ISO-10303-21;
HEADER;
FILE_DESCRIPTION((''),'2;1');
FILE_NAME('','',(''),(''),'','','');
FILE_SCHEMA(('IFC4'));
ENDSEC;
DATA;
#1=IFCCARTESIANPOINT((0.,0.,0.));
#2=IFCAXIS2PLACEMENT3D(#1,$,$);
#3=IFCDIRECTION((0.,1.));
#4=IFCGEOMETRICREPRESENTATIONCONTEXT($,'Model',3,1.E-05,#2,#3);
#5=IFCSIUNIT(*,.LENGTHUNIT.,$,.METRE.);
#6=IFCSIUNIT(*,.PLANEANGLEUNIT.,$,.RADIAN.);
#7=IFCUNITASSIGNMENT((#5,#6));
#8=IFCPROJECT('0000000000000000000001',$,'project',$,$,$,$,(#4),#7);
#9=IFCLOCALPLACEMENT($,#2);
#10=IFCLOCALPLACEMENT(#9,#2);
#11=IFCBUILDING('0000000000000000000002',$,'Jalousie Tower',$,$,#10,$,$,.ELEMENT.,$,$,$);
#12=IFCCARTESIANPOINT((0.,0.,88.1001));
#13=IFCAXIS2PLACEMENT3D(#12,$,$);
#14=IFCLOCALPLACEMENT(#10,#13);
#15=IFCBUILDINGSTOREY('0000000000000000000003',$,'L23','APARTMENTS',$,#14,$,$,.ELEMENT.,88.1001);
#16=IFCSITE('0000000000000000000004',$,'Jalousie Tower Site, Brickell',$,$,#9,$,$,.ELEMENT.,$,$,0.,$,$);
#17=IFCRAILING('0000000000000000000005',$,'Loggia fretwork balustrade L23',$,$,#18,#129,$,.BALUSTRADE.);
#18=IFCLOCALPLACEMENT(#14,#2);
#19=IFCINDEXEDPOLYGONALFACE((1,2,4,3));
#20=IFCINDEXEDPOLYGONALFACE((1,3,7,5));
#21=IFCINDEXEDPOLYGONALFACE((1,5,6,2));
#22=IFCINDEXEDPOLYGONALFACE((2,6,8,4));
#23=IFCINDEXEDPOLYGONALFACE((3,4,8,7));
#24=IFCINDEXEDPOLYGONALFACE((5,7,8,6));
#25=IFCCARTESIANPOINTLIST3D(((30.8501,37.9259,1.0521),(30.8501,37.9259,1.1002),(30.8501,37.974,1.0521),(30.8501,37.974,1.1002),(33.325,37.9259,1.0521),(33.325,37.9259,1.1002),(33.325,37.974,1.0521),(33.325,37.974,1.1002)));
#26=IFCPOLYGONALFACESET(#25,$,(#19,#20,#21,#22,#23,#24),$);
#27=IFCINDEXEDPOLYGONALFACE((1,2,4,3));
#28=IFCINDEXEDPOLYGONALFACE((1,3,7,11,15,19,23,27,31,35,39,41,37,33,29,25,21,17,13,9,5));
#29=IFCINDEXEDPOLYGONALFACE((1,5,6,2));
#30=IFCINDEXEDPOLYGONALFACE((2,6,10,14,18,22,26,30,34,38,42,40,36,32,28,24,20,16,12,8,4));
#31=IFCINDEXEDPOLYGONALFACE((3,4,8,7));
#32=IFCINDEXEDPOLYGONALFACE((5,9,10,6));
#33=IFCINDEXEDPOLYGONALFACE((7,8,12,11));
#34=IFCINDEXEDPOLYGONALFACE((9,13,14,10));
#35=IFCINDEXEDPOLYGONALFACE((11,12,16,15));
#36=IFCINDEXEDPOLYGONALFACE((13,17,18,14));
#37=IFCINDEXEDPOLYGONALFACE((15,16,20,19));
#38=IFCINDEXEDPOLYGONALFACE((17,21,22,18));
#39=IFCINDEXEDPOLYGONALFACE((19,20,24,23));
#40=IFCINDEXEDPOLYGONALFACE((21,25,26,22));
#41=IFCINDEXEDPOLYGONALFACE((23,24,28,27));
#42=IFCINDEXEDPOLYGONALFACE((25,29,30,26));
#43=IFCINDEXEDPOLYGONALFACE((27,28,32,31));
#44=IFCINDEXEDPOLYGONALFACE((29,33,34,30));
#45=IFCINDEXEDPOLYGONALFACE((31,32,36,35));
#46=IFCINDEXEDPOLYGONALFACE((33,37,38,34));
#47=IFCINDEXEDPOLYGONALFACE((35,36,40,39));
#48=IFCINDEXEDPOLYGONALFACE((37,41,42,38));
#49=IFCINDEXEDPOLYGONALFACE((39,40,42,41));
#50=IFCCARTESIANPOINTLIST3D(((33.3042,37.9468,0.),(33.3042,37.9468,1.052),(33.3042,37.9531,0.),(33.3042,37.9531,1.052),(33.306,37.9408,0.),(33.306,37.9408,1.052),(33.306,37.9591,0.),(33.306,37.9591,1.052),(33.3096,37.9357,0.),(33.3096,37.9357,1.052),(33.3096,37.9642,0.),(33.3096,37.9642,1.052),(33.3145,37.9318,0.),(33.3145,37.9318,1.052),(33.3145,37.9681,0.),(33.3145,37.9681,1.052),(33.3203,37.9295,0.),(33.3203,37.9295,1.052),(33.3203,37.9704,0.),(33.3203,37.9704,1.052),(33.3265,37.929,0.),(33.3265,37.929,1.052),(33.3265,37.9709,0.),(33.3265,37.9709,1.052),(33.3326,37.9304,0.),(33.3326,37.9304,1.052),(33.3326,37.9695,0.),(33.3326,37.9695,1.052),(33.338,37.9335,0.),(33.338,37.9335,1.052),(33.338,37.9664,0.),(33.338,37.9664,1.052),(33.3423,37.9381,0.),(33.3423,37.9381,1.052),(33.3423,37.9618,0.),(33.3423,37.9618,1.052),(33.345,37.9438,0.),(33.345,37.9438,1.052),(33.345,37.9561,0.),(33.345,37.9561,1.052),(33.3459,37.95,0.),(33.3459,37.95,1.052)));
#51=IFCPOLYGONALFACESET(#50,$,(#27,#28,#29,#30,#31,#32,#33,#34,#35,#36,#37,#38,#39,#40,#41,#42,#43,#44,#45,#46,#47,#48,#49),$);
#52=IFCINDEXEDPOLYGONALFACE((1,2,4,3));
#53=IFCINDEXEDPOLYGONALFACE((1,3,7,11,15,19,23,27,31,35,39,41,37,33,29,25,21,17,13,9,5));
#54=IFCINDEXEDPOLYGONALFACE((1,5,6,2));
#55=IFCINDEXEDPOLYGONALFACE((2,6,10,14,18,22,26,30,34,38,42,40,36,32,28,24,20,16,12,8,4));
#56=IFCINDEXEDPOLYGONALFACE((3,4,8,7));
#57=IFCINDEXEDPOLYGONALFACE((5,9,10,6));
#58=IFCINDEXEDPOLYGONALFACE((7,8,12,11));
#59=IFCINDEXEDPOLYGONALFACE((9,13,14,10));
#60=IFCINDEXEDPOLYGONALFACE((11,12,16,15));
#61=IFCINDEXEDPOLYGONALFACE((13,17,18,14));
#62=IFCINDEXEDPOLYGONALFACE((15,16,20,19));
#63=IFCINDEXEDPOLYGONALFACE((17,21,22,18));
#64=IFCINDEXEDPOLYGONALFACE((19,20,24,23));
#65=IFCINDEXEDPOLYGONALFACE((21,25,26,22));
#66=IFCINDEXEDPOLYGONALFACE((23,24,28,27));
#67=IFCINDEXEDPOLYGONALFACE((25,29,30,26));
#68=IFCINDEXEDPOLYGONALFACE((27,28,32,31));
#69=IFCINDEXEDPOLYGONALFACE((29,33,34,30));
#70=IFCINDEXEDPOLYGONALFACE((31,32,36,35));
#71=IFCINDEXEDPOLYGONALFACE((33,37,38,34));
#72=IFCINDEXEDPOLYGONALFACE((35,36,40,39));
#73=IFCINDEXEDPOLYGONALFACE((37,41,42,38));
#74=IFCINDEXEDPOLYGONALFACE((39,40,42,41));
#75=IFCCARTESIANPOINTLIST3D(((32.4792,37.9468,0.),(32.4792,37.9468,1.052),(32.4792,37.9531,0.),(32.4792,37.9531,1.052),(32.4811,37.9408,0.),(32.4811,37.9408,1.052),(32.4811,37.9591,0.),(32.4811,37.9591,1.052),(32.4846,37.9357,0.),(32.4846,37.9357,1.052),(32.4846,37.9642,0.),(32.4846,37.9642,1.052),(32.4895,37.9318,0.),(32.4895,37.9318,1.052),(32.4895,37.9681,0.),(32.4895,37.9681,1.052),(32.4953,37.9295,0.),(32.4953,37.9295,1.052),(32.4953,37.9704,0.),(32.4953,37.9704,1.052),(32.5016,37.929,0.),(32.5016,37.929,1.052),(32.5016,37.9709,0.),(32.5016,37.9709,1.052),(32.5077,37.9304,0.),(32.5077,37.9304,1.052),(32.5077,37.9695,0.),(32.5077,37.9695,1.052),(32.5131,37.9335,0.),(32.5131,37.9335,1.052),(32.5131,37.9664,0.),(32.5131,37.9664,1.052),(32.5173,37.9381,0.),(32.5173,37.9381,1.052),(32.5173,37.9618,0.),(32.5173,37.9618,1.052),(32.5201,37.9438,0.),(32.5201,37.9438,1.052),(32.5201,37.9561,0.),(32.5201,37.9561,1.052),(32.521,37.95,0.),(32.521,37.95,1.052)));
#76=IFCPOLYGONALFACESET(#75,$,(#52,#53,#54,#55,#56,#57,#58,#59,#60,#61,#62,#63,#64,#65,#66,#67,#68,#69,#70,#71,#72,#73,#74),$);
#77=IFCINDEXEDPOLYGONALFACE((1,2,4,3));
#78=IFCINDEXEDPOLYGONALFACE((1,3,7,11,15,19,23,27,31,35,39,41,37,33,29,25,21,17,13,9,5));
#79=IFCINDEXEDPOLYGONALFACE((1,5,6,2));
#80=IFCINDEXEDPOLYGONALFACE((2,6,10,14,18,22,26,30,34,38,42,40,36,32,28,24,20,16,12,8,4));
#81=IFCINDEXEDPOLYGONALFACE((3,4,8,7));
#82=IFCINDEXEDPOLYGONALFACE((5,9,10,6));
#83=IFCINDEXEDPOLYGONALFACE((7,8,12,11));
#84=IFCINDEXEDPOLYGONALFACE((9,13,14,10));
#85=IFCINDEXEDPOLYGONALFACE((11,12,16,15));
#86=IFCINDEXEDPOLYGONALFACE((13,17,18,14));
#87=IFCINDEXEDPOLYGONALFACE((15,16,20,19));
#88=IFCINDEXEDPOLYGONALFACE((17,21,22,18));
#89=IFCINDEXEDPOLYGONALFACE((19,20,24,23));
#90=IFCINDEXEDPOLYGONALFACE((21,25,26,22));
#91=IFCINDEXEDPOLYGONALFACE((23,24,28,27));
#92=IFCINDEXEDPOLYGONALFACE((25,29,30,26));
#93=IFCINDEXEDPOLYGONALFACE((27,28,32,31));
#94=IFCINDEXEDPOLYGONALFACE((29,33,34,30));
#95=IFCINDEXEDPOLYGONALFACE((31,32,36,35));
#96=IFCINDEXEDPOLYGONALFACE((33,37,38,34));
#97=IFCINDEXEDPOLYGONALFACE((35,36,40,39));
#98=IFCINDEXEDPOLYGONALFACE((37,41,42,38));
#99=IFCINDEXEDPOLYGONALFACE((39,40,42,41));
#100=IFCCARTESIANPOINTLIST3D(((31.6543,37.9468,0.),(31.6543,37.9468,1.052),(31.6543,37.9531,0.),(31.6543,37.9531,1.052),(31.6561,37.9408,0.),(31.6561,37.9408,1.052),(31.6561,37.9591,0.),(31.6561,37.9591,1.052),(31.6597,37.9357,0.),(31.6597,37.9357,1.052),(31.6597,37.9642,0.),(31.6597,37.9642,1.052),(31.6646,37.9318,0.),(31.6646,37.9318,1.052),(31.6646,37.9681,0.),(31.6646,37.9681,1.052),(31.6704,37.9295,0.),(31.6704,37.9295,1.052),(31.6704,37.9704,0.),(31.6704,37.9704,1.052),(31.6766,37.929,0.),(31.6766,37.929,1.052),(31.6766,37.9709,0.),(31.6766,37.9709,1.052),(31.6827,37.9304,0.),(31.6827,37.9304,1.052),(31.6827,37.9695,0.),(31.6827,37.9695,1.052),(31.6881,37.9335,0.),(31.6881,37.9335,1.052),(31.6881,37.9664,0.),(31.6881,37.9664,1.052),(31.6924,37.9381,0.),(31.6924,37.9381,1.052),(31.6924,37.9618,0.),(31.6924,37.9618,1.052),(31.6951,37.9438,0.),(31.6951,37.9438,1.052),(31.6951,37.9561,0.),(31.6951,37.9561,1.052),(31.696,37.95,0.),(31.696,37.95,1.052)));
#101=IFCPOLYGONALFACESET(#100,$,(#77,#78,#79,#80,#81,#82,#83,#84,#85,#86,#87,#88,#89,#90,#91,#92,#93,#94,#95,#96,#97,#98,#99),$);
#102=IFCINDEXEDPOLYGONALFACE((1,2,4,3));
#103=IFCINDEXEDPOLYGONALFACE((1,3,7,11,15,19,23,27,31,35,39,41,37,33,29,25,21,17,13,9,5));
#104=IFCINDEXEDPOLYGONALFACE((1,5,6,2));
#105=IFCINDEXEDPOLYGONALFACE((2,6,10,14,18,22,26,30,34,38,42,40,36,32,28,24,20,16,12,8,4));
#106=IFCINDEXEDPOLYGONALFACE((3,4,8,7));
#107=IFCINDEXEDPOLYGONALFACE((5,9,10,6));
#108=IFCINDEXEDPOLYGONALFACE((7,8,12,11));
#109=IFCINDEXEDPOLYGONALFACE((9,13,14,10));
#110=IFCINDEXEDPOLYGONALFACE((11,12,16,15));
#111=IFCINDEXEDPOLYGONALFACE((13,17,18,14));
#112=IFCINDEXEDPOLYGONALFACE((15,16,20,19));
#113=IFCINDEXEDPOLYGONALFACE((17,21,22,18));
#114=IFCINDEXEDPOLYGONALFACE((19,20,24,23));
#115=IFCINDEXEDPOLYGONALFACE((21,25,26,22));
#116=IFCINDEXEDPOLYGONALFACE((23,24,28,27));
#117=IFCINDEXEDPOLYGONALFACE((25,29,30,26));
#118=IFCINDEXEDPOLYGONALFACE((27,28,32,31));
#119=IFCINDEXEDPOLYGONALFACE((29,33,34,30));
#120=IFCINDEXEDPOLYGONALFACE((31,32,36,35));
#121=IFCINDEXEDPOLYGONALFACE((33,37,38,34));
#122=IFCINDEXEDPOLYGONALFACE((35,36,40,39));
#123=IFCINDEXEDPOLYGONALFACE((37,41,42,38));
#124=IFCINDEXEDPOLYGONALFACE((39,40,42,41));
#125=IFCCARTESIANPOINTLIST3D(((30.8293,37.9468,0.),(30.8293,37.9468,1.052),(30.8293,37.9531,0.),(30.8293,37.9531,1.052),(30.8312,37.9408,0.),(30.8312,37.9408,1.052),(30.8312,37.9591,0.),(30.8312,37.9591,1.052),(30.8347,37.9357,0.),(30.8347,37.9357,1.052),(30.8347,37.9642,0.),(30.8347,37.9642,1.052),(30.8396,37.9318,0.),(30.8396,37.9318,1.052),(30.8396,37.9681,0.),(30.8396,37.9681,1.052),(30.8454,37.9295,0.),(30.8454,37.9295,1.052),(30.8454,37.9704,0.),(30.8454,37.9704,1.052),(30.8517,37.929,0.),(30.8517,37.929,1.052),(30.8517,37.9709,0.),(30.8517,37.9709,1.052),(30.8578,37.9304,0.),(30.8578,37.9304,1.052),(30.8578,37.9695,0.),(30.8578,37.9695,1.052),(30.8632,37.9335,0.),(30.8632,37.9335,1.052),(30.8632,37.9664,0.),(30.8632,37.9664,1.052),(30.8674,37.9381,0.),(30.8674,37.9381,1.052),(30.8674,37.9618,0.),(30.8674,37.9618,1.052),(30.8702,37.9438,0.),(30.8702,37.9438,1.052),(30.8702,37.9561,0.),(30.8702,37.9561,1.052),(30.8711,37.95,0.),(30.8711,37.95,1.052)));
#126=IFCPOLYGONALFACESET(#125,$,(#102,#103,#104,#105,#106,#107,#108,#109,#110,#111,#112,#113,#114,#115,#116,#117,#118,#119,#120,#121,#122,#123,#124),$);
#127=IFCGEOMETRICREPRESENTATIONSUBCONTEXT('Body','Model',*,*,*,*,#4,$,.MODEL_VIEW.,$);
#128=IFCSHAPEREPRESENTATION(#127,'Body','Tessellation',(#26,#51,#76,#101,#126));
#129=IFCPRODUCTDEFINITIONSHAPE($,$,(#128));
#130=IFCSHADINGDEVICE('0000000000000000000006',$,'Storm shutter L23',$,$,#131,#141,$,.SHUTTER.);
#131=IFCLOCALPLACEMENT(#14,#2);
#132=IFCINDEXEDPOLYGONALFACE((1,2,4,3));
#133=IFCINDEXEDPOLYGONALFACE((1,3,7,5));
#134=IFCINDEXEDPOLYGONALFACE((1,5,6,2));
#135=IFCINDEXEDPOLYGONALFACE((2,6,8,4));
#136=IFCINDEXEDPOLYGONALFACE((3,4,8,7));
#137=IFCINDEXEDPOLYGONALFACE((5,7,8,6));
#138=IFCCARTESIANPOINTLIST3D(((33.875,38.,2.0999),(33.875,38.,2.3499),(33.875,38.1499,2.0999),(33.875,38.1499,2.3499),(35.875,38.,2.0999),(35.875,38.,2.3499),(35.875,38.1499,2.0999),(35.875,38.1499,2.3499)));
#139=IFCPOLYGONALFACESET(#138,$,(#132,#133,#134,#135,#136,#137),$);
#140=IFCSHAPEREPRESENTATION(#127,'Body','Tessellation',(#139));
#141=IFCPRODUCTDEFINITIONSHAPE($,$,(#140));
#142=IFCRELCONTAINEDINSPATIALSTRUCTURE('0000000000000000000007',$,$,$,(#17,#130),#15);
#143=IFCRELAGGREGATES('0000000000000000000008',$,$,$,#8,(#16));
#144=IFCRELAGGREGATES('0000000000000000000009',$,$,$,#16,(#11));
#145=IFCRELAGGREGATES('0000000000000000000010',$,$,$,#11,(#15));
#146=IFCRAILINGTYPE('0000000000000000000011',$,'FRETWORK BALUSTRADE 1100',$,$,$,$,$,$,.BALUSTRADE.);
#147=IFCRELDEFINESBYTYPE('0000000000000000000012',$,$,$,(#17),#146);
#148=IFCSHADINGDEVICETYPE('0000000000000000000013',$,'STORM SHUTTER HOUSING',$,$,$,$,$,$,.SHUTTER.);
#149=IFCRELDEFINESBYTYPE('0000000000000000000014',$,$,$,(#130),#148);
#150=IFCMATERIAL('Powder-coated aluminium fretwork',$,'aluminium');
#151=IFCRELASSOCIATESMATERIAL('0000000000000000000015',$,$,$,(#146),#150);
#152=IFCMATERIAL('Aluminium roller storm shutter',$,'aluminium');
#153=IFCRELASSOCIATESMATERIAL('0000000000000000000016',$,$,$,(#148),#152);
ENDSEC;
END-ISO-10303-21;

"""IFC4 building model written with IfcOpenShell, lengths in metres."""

from ifc_helpers import new_model, si_unit, direction, frame, origin, origin_2d, place, context, subcontext, project, spatial, rectangle, circle, extrude, material, type_object, element, save


model = new_model("IFC4")

# Units and contexts
model_context = context("Model", 3, precision=1e-05, world=origin(), true_north=direction((0.0, 1.0)))
body_context = subcontext(model_context, "Body", "Model", "MODEL_VIEW")
ifc_project = project(units=[si_unit("LENGTHUNIT", "METRE"), si_unit("PLANEANGLEUNIT", "RADIAN")], contexts=[model_context])

# Site, building, storey
site_placement = place(None, origin())
site = spatial("IfcSite", under=ifc_project, at=site_placement, Name="Jalousie Tower Site, Brickell", CompositionType="ELEMENT", RefElevation=0.0)
building_placement = place(site_placement, origin())
building = spatial("IfcBuilding", under=site, at=building_placement, Name="Jalousie Tower", CompositionType="ELEMENT")
storey_placement = place(building_placement, frame((0.0, 0.0, 88.1001)))
storey = spatial("IfcBuildingStorey", under=building, at=storey_placement, Name="L23", Description="APARTMENTS", CompositionType="ELEMENT", Elevation=88.1001)

# Railing
ifc_material_1 = material(Name="Powder-coated aluminium fretwork", Category="aluminium")
railing_type = type_object("IfcRailingType", Name="FRETWORK BALUSTRADE 1100", PredefinedType="BALUSTRADE", material=ifc_material_1)
railing_placement = place(storey_placement, frame((33.325, 37.95, 0.0)))
element("IfcRailing", 1, at=railing_placement, inside=storey, type_object=railing_type, Name="Loggia fretwork balustrade L23", PredefinedType="BALUSTRADE", context=body_context, shape_type="SweptSolid", body=[
    extrude(rectangle(XDim=0.0481, YDim=0.0481, at=origin_2d()), frame((0.0, 0.0, 1.0762), z_axis=(-1.0, 0.0, 0.0), x_axis=(0.0, -1.0, 0.0)), (0.0, 0.0, 1.0), 2.4749),
    extrude(circle(Radius=0.021, at=origin_2d()), origin(), (0.0, 0.0, 1.0), 1.052),
    extrude(circle(Radius=0.021, at=origin_2d()), frame((-0.825, 0.0, 0.0)), (0.0, 0.0, 1.0), 1.052),
    extrude(circle(Radius=0.021, at=origin_2d()), frame((-1.6499, 0.0, 0.0)), (0.0, 0.0, 1.0), 1.052),
    extrude(circle(Radius=0.021, at=origin_2d()), frame((-2.4749, 0.0, 0.0)), (0.0, 0.0, 1.0), 1.052),
])

# Shading device
ifc_material_2 = material(Name="Aluminium roller storm shutter", Category="aluminium")
shading_device_type = type_object("IfcShadingDeviceType", Name="STORM SHUTTER HOUSING", PredefinedType="SHUTTER", material=ifc_material_2)
shading_device_placement = place(storey_placement, frame((34.875, 38.075, 2.0999), z_axis=(0.0, 0.0, 1.0), x_axis=(-1.0, 0.0, 0.0)))
element("IfcShadingDevice", 2, at=shading_device_placement, inside=storey, type_object=shading_device_type, Name="Storm shutter L23", PredefinedType="SHUTTER", context=body_context, shape_type="SweptSolid", body=[
    extrude(rectangle(XDim=2.0, YDim=0.1499, at=origin_2d()), origin(), (0.0, 0.0, 1.0), 0.25),
])

save(model, "model.ifc")
